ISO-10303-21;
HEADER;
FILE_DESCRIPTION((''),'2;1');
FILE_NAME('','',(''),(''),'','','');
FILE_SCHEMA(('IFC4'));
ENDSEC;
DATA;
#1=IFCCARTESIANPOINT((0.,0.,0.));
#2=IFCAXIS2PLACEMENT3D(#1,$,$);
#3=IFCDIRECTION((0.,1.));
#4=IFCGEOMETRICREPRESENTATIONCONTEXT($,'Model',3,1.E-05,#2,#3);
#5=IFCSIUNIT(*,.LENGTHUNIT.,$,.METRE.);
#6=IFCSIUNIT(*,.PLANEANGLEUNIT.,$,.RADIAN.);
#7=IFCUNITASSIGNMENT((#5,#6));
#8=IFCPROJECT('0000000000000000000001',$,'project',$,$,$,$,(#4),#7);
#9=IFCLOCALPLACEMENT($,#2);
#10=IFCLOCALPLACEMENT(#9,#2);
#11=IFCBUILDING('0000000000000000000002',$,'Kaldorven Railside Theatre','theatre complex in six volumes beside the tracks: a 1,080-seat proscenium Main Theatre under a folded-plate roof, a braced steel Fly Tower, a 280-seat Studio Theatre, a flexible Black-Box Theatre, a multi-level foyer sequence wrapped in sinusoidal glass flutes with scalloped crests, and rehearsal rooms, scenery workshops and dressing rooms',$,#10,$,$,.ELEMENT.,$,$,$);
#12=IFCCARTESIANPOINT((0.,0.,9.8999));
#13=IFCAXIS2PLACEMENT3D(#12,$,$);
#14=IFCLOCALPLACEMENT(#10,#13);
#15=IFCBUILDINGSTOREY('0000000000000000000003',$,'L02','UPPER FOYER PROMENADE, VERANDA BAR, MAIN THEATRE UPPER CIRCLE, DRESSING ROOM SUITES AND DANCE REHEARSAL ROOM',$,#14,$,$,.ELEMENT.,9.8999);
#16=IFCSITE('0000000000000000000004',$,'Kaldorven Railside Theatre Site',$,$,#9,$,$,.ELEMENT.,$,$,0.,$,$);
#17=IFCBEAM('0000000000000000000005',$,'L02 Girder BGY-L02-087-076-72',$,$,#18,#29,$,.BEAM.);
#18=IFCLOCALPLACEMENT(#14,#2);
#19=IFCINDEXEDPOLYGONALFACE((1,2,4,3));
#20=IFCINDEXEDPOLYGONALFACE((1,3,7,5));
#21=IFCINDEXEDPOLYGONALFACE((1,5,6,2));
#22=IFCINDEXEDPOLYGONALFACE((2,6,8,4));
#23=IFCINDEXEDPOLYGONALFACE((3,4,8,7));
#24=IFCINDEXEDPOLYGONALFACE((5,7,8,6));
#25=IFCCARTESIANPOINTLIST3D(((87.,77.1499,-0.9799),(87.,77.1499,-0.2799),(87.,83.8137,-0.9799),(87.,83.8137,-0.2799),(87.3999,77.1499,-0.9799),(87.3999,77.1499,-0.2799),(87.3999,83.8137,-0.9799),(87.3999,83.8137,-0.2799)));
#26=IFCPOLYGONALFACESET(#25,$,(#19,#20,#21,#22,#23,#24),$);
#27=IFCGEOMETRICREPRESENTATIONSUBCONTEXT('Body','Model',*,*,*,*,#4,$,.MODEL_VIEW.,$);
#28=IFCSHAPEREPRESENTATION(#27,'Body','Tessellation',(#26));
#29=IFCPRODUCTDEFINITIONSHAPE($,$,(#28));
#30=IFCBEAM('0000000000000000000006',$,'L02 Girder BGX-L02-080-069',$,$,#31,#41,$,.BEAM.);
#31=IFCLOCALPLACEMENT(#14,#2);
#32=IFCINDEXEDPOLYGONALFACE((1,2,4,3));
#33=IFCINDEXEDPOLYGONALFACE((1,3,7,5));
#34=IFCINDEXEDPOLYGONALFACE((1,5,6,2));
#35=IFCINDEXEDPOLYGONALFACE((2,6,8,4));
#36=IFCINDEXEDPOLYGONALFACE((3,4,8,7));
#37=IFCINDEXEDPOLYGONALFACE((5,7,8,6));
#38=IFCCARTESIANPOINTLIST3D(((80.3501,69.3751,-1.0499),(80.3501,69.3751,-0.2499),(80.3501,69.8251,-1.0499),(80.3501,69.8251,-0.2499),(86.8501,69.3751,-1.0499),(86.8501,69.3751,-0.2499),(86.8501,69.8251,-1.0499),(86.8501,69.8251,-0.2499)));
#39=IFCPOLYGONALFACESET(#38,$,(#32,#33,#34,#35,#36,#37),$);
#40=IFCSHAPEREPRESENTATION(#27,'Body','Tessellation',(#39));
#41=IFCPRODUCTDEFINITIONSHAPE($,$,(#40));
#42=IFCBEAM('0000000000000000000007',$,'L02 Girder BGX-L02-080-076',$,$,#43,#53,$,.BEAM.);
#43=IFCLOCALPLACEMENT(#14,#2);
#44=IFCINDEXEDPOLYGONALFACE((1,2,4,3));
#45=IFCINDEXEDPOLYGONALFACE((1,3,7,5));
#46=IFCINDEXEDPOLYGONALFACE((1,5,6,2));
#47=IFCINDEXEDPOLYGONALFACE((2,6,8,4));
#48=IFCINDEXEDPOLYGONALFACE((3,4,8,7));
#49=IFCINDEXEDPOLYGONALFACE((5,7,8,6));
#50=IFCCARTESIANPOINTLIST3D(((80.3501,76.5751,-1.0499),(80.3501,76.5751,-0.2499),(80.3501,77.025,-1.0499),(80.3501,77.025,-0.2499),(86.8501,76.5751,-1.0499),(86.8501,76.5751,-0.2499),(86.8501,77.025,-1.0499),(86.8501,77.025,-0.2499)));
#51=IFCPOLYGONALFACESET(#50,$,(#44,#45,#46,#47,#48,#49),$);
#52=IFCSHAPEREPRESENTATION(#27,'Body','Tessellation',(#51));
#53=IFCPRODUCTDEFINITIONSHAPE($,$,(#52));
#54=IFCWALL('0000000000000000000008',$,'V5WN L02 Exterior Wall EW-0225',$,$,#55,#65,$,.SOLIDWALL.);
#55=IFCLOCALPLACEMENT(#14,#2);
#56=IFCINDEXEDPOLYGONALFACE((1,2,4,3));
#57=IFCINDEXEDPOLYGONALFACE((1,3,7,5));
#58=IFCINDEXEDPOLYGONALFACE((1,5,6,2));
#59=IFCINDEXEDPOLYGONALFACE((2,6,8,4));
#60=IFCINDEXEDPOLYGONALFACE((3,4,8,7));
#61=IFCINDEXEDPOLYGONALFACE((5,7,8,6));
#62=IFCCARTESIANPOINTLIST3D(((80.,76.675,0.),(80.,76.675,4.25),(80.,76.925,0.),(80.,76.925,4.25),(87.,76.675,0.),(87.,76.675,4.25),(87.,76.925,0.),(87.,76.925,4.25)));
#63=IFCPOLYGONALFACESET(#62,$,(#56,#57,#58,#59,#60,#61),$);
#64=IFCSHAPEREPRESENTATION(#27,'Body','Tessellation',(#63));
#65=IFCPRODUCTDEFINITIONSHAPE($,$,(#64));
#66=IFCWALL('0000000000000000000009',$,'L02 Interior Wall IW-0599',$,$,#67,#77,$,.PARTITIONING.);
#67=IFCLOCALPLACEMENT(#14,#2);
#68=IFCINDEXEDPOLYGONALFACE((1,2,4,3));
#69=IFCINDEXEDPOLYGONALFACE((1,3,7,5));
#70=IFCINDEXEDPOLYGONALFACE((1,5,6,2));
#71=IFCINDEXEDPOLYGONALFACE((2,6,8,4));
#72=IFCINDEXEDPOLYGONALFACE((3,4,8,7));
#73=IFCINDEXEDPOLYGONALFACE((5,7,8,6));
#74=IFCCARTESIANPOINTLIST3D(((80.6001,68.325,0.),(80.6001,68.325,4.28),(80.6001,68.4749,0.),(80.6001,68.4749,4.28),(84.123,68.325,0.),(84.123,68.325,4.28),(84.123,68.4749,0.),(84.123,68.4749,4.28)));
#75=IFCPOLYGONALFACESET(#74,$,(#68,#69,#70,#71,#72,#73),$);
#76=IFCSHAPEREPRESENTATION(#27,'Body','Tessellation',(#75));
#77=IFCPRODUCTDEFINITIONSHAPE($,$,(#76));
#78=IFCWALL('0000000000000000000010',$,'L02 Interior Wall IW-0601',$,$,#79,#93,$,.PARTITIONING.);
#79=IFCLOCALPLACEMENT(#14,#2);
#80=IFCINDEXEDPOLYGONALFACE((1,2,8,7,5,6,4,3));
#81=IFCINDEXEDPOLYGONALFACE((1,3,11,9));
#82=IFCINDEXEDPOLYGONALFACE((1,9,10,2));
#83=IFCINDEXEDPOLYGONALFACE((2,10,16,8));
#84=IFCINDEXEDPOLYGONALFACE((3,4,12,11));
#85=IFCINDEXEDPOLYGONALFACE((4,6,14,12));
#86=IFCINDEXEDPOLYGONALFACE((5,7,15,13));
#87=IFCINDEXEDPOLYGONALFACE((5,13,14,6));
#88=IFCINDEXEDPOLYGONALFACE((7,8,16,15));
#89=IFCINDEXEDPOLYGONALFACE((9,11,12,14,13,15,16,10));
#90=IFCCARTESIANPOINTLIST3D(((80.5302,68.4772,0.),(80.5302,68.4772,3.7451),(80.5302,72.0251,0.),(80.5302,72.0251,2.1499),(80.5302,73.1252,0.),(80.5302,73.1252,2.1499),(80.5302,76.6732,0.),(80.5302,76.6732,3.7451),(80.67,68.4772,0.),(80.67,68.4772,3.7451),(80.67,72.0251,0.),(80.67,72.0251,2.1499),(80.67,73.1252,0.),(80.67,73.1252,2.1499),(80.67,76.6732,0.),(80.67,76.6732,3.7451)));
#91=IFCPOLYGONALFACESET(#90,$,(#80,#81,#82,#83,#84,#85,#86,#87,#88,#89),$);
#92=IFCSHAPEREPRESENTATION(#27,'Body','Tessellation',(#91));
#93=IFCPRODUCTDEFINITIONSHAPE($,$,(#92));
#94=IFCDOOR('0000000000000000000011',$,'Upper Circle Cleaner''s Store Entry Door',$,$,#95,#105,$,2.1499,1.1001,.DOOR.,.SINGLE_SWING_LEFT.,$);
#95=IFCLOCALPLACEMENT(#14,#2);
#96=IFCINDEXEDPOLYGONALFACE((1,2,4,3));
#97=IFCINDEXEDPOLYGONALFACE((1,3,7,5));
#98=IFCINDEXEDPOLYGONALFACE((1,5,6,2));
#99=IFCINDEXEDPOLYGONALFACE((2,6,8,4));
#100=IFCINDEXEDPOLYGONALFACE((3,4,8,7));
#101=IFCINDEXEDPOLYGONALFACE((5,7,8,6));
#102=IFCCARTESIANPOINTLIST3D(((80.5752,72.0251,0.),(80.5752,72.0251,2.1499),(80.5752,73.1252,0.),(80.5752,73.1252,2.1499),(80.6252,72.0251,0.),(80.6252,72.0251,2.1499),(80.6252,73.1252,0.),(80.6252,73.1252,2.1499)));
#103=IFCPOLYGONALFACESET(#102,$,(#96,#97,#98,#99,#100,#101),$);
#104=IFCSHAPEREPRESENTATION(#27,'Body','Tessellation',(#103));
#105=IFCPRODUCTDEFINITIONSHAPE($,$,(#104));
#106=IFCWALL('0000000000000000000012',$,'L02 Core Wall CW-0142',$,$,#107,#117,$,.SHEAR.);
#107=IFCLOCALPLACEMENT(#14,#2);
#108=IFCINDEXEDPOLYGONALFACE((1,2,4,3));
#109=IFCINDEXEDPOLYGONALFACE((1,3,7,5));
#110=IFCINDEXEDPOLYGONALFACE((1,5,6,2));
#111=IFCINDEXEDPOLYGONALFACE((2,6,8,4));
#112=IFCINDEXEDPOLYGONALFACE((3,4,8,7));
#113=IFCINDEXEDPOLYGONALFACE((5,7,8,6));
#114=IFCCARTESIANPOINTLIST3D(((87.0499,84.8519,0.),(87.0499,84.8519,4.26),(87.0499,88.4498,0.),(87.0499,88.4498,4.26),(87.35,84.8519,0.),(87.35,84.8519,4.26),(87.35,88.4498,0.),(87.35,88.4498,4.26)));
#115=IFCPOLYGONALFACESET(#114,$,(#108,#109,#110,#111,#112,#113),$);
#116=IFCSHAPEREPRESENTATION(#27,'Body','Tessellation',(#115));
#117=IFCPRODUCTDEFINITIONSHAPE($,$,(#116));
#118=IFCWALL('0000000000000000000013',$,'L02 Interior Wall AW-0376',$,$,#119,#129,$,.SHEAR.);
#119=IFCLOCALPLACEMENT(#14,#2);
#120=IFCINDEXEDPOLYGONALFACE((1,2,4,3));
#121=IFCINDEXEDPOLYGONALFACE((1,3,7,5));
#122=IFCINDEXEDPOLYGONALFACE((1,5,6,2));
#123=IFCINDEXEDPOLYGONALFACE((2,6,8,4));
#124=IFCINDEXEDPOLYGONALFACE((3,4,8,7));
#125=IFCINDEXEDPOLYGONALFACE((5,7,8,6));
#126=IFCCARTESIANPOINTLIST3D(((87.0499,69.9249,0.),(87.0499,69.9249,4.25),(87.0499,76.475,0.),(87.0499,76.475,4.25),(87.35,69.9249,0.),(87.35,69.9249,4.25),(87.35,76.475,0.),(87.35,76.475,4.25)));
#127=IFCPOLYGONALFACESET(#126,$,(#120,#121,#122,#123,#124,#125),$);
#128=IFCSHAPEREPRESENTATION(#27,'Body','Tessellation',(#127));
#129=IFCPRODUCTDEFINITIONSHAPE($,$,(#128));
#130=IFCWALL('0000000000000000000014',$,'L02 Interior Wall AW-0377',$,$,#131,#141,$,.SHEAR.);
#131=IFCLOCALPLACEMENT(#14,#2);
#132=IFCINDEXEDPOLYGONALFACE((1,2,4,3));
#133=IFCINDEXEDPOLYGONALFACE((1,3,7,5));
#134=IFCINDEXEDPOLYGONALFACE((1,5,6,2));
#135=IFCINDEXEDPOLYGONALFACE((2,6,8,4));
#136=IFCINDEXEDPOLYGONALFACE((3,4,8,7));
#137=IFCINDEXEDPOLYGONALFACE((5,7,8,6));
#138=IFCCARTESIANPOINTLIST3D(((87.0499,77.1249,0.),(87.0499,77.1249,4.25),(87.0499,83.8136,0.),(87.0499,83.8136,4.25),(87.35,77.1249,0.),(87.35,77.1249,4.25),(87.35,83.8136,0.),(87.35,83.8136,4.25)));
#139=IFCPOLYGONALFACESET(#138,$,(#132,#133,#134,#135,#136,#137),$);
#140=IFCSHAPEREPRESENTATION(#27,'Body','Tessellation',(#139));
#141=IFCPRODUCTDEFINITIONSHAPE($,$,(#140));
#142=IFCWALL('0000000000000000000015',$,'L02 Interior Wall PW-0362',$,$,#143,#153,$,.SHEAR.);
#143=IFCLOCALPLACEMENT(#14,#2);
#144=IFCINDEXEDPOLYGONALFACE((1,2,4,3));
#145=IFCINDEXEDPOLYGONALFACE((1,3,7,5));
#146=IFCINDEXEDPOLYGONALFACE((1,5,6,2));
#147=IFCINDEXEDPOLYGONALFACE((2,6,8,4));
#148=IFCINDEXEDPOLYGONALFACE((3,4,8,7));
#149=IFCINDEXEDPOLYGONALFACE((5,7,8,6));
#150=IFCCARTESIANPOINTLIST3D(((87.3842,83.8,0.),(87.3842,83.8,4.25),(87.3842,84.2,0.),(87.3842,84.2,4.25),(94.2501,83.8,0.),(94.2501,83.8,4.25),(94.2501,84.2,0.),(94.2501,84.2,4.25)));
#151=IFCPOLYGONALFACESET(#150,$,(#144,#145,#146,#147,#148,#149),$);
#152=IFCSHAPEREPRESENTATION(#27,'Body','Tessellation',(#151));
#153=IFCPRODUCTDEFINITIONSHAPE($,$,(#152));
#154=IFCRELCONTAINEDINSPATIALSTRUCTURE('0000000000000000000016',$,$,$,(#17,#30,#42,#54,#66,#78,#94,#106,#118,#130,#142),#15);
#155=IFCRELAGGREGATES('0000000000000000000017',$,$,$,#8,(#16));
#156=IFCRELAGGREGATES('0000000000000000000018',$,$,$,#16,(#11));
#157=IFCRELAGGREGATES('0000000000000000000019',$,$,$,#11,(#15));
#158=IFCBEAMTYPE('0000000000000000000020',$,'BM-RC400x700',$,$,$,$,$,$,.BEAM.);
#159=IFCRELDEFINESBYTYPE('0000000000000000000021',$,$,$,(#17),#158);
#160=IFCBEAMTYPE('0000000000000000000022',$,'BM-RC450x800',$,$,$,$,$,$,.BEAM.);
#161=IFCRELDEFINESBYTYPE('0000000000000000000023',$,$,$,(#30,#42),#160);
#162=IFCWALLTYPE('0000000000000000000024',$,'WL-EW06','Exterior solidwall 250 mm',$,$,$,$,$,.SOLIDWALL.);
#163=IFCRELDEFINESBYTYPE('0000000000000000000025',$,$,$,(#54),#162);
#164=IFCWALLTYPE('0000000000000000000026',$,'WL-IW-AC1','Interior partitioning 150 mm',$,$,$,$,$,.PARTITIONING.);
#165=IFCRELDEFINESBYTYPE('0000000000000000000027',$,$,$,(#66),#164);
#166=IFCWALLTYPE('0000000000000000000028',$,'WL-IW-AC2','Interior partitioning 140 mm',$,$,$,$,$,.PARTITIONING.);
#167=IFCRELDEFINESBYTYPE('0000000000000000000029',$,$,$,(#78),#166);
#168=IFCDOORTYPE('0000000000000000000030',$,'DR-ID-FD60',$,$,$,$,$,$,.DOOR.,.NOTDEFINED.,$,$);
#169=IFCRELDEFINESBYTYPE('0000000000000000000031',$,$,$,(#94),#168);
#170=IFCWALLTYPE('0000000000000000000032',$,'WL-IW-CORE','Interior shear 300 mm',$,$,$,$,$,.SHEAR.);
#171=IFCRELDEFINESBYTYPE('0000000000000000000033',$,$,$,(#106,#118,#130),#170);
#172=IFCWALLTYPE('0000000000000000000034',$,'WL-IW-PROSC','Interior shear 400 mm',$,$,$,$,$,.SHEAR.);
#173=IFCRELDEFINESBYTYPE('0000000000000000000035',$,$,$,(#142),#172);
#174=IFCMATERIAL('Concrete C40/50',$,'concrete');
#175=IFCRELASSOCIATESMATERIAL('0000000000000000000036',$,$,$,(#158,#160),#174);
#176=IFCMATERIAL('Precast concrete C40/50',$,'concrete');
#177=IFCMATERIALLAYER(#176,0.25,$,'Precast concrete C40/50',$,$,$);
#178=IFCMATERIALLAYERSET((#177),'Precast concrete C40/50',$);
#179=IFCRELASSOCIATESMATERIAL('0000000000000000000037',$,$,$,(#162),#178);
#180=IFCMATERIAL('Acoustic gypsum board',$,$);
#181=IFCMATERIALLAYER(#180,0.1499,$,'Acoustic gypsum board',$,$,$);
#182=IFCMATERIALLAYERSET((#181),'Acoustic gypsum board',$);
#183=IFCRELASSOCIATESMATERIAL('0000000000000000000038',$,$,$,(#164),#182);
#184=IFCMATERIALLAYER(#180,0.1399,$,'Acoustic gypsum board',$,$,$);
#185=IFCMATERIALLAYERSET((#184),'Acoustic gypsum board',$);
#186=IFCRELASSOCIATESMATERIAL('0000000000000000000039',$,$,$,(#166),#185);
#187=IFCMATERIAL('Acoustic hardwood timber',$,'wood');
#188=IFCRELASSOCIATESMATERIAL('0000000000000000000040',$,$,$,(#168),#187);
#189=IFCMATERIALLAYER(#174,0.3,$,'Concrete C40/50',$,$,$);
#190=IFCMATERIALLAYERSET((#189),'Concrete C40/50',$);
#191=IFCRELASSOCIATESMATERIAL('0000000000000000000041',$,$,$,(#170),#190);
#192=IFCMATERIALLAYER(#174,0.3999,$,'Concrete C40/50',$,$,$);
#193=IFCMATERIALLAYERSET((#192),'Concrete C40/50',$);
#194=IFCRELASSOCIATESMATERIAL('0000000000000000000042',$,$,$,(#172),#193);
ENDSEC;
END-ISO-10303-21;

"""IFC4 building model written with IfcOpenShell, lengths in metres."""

from ifc_helpers import new_model, si_unit, direction, frame, frame_2d, origin, origin_2d, place, context, subcontext, project, spatial, rectangle, extrude, material, layer, layer_set, material_profile, profile_set, type_object, element, fill, save


model = new_model("IFC4")

# Units and contexts
model_context = context("Model", 3, precision=1e-05, world=origin(), true_north=direction((0.0, 1.0)))
body_context = subcontext(model_context, "Body", "Model", "MODEL_VIEW")
ifc_project = project(units=[si_unit("LENGTHUNIT", "METRE"), si_unit("PLANEANGLEUNIT", "RADIAN")], contexts=[model_context])

# Site, building, storey
site_placement = place(None, origin())
site = spatial("IfcSite", under=ifc_project, at=site_placement, Name="Kaldorven Railside Theatre Site", CompositionType="ELEMENT", RefElevation=0.0)
building_placement = place(site_placement, origin())
building = spatial("IfcBuilding", under=site, at=building_placement, Name="Kaldorven Railside Theatre", Description="theatre complex in six volumes beside the tracks: a 1,080-seat proscenium Main Theatre under a folded-plate roof, a braced steel Fly Tower, a 280-seat Studio Theatre, a flexible Black-Box Theatre, a multi-level foyer sequence wrapped in sinusoidal glass flutes with scalloped crests, and rehearsal rooms, scenery workshops and dressing rooms", CompositionType="ELEMENT")
storey_placement = place(building_placement, frame((0.0, 0.0, 9.8999)))
storey = spatial("IfcBuildingStorey", under=building, at=storey_placement, Name="L02", Description="UPPER FOYER PROMENADE, VERANDA BAR, MAIN THEATRE UPPER CIRCLE, DRESSING ROOM SUITES AND DANCE REHEARSAL ROOM", CompositionType="ELEMENT", Elevation=9.8999)

# Shared definitions
ifc_material_1 = material(Name="Concrete C40/50", Category="concrete")

# Beams
ifc_material_profile_1 = material_profile(ifc_material_1, rectangle(XDim=0.3999, YDim=0.7, at=origin_2d()), Name="RC 400x700")
ifc_profile_set_1 = profile_set([ifc_material_profile_1], Name="Concrete C40/50")
beam_type_1 = type_object("IfcBeamType", Name="BM-RC400x700", PredefinedType="BEAM", material=ifc_profile_set_1)
beam_1_placement = place(storey_placement, frame((87.2, 77.1499, -0.6299), z_axis=(0.0, 1.0, 0.0), x_axis=(-1.0, 0.0, 0.0)))
element("IfcBeam", 1, at=beam_1_placement, inside=storey, type_object=beam_type_1, Name="L02 Girder BGY-L02-087-076-72", PredefinedType="BEAM", context=body_context, shape_type="SweptSolid", body=[
    extrude(rectangle(XDim=0.3999, YDim=0.7, at=origin_2d()), origin(), (0.0, 0.0, 1.0), 6.6638),
])
ifc_material_profile_2 = material_profile(ifc_material_1, rectangle(XDim=0.45, YDim=0.8, at=origin_2d()), Name="RC 450x800")
ifc_profile_set_2 = profile_set([ifc_material_profile_2], Name="Concrete C40/50")
beam_type_2 = type_object("IfcBeamType", Name="BM-RC450x800", PredefinedType="BEAM", material=ifc_profile_set_2)
for number, where, z_axis, x_axis, name in (
    (2, (80.3501, 69.6001, -0.6499), (1.0, 0.0, 0.0), (0.0, 1.0, 0.0), "L02 Girder BGX-L02-080-069"),
    (3, (80.3501, 76.8, -0.6499), (1.0, 0.0, 0.0), (0.0, 1.0, 0.0), "L02 Girder BGX-L02-080-076"),
):
    element("IfcBeam", number, at=place(storey_placement, frame(where, z_axis=z_axis, x_axis=x_axis)), inside=storey, type_object=beam_type_2, Name=name, PredefinedType="BEAM", context=body_context, shape_type="SweptSolid", body=[
        extrude(rectangle(XDim=0.45, YDim=0.8, at=origin_2d()), origin(), (0.0, 0.0, 1.0), 6.5),
    ])

# Walls
ifc_material_2 = material(Name="Precast concrete C40/50", Category="concrete")
ifc_layer_1 = layer(ifc_material_2, 0.25, Name="Precast concrete C40/50")
ifc_layer_set_1 = layer_set([ifc_layer_1], Name="Precast concrete C40/50")
wall_type_1 = type_object("IfcWallType", Name="WL-EW06", Description="Exterior solidwall 250 mm", PredefinedType="SOLIDWALL", material=ifc_layer_set_1)
wall_1_placement = place(storey_placement, frame((80.0, 76.8, 0.0), z_axis=(0.0, 0.0, 1.0), x_axis=(1.0, 0.0, 0.0)))
element("IfcWall", 4, at=wall_1_placement, inside=storey, type_object=wall_type_1, Name="V5WN L02 Exterior Wall EW-0225", PredefinedType="SOLIDWALL", context=body_context, shape_type="SweptSolid", body=[
    extrude(rectangle(XDim=7.0, YDim=0.25, at=frame_2d((3.5, 0.0))), origin(), (0.0, 0.0, 1.0), 4.25),
])
ifc_material_3 = material(Name="Acoustic gypsum board")
ifc_layer_2 = layer(ifc_material_3, 0.1499, Name="Acoustic gypsum board")
ifc_layer_set_2 = layer_set([ifc_layer_2], Name="Acoustic gypsum board")
wall_type_2 = type_object("IfcWallType", Name="WL-IW-AC1", Description="Interior partitioning 150 mm", PredefinedType="PARTITIONING", material=ifc_layer_set_2)
wall_2_placement = place(storey_placement, frame((84.123, 68.3999, 0.0), z_axis=(0.0, 0.0, 1.0), x_axis=(-1.0, 0.0, 0.0)))
element("IfcWall", 5, at=wall_2_placement, inside=storey, type_object=wall_type_2, Name="L02 Interior Wall IW-0599", PredefinedType="PARTITIONING", context=body_context, shape_type="SweptSolid", body=[
    extrude(rectangle(XDim=3.5229, YDim=0.1499, at=frame_2d((1.7615, 0.0))), origin(), (0.0, 0.0, 1.0), 4.28),
])

# Wall, opening, door
ifc_material_4 = material(Name="Acoustic hardwood timber", Category="wood")
ifc_layer_3 = layer(ifc_material_3, 0.1399, Name="Acoustic gypsum board")
ifc_layer_set_3 = layer_set([ifc_layer_3], Name="Acoustic gypsum board")
wall_type_3 = type_object("IfcWallType", Name="WL-IW-AC2", Description="Interior partitioning 140 mm", PredefinedType="PARTITIONING", material=ifc_layer_set_3)
wall_3_placement = place(storey_placement, frame((80.6001, 68.4771, 0.0), z_axis=(0.0, 0.0, 1.0), x_axis=(0.0, 1.0, 0.0)))
wall_3 = element("IfcWall", 6, at=wall_3_placement, inside=storey, type_object=wall_type_3, Name="L02 Interior Wall IW-0601", PredefinedType="PARTITIONING", context=body_context, shape_type="SweptSolid", body=[
    extrude(rectangle(XDim=8.196, YDim=0.1399, at=frame_2d((4.0981, 0.0))), origin(), (0.0, 0.0, 1.0), 3.7451),
])
opening_1_placement = place(wall_3_placement, frame((3.5481, 0.0, 0.0)))
opening_1 = element("IfcOpeningElement", 7, at=opening_1_placement, cuts=wall_3, PredefinedType="OPENING", context=body_context, shape_type="SweptSolid", body=[
    extrude(rectangle(XDim=1.1001, YDim=2.1499, at=frame_2d((0.55, 1.075))), frame((0.0, 0.0801, 0.0), z_axis=(0.0, -1.0, 0.0), x_axis=(1.0, 0.0, 0.0)), (0.0, 0.0, 1.0), 0.1599),
])
door_type_1 = type_object("IfcDoorType", Name="DR-ID-FD60", OperationType="NOTDEFINED", PredefinedType="DOOR", material=ifc_material_4)
door_1_placement = place(opening_1_placement, origin())
door_1 = element("IfcDoor", 8, at=door_1_placement, inside=storey, type_object=door_type_1, Name="Upper Circle Cleaner's Store Entry Door", OperationType="SINGLE_SWING_LEFT", OverallHeight=2.1499, OverallWidth=1.1001, PredefinedType="DOOR", context=body_context, shape_type="SweptSolid", body=[
    extrude(rectangle(XDim=1.1001, YDim=2.1499, at=frame_2d((0.55, 1.075))), frame((0.0, 0.0249, 0.0), z_axis=(0.0, -1.0, 0.0), x_axis=(1.0, 0.0, 0.0)), (0.0, 0.0, 1.0), 0.05),
])
fill(opening_1, door_1)

# Walls
ifc_layer_4 = layer(ifc_material_1, 0.3, Name="Concrete C40/50")
ifc_layer_set_4 = layer_set([ifc_layer_4], Name="Concrete C40/50")
wall_type_4 = type_object("IfcWallType", Name="WL-IW-CORE", Description="Interior shear 300 mm", PredefinedType="SHEAR", material=ifc_layer_set_4)
wall_4_placement = place(storey_placement, frame((87.2, 84.8521, 0.0), z_axis=(0.0, 0.0, 1.0), x_axis=(0.0, 1.0, 0.0)))
element("IfcWall", 9, at=wall_4_placement, inside=storey, type_object=wall_type_4, Name="L02 Core Wall CW-0142", PredefinedType="SHEAR", context=body_context, shape_type="SweptSolid", body=[
    extrude(rectangle(XDim=3.5979, YDim=0.3, at=frame_2d((1.7988, 0.0))), origin(), (0.0, 0.0, 1.0), 4.26),
])
wall_5_placement = place(storey_placement, frame((87.2, 69.925, 0.0), z_axis=(0.0, 0.0, 1.0), x_axis=(0.0, 1.0, 0.0)))
element("IfcWall", 10, at=wall_5_placement, inside=storey, type_object=wall_type_4, Name="L02 Interior Wall AW-0376", PredefinedType="SHEAR", context=body_context, shape_type="SweptSolid", body=[
    extrude(rectangle(XDim=6.55, YDim=0.3, at=frame_2d((3.2749, 0.0))), origin(), (0.0, 0.0, 1.0), 4.25),
])
wall_6_placement = place(storey_placement, frame((87.2, 77.125, 0.0), z_axis=(0.0, 0.0, 1.0), x_axis=(0.0, 1.0, 0.0)))
element("IfcWall", 11, at=wall_6_placement, inside=storey, type_object=wall_type_4, Name="L02 Interior Wall AW-0377", PredefinedType="SHEAR", context=body_context, shape_type="SweptSolid", body=[
    extrude(rectangle(XDim=6.6887, YDim=0.3, at=frame_2d((3.3442, 0.0))), origin(), (0.0, 0.0, 1.0), 4.25),
])
ifc_layer_5 = layer(ifc_material_1, 0.3999, Name="Concrete C40/50")
ifc_layer_set_5 = layer_set([ifc_layer_5], Name="Concrete C40/50")
wall_type_5 = type_object("IfcWallType", Name="WL-IW-PROSC", Description="Interior shear 400 mm", PredefinedType="SHEAR", material=ifc_layer_set_5)
wall_7_placement = place(storey_placement, frame((87.384, 84.0, 0.0), z_axis=(0.0, 0.0, 1.0), x_axis=(1.0, 0.0, 0.0)))
element("IfcWall", 12, at=wall_7_placement, inside=storey, type_object=wall_type_5, Name="L02 Interior Wall PW-0362", PredefinedType="SHEAR", context=body_context, shape_type="SweptSolid", body=[
    extrude(rectangle(XDim=6.866, YDim=0.3999, at=frame_2d((3.4331, 0.0))), origin(), (0.0, 0.0, 1.0), 4.25),
])

save(model, "model.ifc")
